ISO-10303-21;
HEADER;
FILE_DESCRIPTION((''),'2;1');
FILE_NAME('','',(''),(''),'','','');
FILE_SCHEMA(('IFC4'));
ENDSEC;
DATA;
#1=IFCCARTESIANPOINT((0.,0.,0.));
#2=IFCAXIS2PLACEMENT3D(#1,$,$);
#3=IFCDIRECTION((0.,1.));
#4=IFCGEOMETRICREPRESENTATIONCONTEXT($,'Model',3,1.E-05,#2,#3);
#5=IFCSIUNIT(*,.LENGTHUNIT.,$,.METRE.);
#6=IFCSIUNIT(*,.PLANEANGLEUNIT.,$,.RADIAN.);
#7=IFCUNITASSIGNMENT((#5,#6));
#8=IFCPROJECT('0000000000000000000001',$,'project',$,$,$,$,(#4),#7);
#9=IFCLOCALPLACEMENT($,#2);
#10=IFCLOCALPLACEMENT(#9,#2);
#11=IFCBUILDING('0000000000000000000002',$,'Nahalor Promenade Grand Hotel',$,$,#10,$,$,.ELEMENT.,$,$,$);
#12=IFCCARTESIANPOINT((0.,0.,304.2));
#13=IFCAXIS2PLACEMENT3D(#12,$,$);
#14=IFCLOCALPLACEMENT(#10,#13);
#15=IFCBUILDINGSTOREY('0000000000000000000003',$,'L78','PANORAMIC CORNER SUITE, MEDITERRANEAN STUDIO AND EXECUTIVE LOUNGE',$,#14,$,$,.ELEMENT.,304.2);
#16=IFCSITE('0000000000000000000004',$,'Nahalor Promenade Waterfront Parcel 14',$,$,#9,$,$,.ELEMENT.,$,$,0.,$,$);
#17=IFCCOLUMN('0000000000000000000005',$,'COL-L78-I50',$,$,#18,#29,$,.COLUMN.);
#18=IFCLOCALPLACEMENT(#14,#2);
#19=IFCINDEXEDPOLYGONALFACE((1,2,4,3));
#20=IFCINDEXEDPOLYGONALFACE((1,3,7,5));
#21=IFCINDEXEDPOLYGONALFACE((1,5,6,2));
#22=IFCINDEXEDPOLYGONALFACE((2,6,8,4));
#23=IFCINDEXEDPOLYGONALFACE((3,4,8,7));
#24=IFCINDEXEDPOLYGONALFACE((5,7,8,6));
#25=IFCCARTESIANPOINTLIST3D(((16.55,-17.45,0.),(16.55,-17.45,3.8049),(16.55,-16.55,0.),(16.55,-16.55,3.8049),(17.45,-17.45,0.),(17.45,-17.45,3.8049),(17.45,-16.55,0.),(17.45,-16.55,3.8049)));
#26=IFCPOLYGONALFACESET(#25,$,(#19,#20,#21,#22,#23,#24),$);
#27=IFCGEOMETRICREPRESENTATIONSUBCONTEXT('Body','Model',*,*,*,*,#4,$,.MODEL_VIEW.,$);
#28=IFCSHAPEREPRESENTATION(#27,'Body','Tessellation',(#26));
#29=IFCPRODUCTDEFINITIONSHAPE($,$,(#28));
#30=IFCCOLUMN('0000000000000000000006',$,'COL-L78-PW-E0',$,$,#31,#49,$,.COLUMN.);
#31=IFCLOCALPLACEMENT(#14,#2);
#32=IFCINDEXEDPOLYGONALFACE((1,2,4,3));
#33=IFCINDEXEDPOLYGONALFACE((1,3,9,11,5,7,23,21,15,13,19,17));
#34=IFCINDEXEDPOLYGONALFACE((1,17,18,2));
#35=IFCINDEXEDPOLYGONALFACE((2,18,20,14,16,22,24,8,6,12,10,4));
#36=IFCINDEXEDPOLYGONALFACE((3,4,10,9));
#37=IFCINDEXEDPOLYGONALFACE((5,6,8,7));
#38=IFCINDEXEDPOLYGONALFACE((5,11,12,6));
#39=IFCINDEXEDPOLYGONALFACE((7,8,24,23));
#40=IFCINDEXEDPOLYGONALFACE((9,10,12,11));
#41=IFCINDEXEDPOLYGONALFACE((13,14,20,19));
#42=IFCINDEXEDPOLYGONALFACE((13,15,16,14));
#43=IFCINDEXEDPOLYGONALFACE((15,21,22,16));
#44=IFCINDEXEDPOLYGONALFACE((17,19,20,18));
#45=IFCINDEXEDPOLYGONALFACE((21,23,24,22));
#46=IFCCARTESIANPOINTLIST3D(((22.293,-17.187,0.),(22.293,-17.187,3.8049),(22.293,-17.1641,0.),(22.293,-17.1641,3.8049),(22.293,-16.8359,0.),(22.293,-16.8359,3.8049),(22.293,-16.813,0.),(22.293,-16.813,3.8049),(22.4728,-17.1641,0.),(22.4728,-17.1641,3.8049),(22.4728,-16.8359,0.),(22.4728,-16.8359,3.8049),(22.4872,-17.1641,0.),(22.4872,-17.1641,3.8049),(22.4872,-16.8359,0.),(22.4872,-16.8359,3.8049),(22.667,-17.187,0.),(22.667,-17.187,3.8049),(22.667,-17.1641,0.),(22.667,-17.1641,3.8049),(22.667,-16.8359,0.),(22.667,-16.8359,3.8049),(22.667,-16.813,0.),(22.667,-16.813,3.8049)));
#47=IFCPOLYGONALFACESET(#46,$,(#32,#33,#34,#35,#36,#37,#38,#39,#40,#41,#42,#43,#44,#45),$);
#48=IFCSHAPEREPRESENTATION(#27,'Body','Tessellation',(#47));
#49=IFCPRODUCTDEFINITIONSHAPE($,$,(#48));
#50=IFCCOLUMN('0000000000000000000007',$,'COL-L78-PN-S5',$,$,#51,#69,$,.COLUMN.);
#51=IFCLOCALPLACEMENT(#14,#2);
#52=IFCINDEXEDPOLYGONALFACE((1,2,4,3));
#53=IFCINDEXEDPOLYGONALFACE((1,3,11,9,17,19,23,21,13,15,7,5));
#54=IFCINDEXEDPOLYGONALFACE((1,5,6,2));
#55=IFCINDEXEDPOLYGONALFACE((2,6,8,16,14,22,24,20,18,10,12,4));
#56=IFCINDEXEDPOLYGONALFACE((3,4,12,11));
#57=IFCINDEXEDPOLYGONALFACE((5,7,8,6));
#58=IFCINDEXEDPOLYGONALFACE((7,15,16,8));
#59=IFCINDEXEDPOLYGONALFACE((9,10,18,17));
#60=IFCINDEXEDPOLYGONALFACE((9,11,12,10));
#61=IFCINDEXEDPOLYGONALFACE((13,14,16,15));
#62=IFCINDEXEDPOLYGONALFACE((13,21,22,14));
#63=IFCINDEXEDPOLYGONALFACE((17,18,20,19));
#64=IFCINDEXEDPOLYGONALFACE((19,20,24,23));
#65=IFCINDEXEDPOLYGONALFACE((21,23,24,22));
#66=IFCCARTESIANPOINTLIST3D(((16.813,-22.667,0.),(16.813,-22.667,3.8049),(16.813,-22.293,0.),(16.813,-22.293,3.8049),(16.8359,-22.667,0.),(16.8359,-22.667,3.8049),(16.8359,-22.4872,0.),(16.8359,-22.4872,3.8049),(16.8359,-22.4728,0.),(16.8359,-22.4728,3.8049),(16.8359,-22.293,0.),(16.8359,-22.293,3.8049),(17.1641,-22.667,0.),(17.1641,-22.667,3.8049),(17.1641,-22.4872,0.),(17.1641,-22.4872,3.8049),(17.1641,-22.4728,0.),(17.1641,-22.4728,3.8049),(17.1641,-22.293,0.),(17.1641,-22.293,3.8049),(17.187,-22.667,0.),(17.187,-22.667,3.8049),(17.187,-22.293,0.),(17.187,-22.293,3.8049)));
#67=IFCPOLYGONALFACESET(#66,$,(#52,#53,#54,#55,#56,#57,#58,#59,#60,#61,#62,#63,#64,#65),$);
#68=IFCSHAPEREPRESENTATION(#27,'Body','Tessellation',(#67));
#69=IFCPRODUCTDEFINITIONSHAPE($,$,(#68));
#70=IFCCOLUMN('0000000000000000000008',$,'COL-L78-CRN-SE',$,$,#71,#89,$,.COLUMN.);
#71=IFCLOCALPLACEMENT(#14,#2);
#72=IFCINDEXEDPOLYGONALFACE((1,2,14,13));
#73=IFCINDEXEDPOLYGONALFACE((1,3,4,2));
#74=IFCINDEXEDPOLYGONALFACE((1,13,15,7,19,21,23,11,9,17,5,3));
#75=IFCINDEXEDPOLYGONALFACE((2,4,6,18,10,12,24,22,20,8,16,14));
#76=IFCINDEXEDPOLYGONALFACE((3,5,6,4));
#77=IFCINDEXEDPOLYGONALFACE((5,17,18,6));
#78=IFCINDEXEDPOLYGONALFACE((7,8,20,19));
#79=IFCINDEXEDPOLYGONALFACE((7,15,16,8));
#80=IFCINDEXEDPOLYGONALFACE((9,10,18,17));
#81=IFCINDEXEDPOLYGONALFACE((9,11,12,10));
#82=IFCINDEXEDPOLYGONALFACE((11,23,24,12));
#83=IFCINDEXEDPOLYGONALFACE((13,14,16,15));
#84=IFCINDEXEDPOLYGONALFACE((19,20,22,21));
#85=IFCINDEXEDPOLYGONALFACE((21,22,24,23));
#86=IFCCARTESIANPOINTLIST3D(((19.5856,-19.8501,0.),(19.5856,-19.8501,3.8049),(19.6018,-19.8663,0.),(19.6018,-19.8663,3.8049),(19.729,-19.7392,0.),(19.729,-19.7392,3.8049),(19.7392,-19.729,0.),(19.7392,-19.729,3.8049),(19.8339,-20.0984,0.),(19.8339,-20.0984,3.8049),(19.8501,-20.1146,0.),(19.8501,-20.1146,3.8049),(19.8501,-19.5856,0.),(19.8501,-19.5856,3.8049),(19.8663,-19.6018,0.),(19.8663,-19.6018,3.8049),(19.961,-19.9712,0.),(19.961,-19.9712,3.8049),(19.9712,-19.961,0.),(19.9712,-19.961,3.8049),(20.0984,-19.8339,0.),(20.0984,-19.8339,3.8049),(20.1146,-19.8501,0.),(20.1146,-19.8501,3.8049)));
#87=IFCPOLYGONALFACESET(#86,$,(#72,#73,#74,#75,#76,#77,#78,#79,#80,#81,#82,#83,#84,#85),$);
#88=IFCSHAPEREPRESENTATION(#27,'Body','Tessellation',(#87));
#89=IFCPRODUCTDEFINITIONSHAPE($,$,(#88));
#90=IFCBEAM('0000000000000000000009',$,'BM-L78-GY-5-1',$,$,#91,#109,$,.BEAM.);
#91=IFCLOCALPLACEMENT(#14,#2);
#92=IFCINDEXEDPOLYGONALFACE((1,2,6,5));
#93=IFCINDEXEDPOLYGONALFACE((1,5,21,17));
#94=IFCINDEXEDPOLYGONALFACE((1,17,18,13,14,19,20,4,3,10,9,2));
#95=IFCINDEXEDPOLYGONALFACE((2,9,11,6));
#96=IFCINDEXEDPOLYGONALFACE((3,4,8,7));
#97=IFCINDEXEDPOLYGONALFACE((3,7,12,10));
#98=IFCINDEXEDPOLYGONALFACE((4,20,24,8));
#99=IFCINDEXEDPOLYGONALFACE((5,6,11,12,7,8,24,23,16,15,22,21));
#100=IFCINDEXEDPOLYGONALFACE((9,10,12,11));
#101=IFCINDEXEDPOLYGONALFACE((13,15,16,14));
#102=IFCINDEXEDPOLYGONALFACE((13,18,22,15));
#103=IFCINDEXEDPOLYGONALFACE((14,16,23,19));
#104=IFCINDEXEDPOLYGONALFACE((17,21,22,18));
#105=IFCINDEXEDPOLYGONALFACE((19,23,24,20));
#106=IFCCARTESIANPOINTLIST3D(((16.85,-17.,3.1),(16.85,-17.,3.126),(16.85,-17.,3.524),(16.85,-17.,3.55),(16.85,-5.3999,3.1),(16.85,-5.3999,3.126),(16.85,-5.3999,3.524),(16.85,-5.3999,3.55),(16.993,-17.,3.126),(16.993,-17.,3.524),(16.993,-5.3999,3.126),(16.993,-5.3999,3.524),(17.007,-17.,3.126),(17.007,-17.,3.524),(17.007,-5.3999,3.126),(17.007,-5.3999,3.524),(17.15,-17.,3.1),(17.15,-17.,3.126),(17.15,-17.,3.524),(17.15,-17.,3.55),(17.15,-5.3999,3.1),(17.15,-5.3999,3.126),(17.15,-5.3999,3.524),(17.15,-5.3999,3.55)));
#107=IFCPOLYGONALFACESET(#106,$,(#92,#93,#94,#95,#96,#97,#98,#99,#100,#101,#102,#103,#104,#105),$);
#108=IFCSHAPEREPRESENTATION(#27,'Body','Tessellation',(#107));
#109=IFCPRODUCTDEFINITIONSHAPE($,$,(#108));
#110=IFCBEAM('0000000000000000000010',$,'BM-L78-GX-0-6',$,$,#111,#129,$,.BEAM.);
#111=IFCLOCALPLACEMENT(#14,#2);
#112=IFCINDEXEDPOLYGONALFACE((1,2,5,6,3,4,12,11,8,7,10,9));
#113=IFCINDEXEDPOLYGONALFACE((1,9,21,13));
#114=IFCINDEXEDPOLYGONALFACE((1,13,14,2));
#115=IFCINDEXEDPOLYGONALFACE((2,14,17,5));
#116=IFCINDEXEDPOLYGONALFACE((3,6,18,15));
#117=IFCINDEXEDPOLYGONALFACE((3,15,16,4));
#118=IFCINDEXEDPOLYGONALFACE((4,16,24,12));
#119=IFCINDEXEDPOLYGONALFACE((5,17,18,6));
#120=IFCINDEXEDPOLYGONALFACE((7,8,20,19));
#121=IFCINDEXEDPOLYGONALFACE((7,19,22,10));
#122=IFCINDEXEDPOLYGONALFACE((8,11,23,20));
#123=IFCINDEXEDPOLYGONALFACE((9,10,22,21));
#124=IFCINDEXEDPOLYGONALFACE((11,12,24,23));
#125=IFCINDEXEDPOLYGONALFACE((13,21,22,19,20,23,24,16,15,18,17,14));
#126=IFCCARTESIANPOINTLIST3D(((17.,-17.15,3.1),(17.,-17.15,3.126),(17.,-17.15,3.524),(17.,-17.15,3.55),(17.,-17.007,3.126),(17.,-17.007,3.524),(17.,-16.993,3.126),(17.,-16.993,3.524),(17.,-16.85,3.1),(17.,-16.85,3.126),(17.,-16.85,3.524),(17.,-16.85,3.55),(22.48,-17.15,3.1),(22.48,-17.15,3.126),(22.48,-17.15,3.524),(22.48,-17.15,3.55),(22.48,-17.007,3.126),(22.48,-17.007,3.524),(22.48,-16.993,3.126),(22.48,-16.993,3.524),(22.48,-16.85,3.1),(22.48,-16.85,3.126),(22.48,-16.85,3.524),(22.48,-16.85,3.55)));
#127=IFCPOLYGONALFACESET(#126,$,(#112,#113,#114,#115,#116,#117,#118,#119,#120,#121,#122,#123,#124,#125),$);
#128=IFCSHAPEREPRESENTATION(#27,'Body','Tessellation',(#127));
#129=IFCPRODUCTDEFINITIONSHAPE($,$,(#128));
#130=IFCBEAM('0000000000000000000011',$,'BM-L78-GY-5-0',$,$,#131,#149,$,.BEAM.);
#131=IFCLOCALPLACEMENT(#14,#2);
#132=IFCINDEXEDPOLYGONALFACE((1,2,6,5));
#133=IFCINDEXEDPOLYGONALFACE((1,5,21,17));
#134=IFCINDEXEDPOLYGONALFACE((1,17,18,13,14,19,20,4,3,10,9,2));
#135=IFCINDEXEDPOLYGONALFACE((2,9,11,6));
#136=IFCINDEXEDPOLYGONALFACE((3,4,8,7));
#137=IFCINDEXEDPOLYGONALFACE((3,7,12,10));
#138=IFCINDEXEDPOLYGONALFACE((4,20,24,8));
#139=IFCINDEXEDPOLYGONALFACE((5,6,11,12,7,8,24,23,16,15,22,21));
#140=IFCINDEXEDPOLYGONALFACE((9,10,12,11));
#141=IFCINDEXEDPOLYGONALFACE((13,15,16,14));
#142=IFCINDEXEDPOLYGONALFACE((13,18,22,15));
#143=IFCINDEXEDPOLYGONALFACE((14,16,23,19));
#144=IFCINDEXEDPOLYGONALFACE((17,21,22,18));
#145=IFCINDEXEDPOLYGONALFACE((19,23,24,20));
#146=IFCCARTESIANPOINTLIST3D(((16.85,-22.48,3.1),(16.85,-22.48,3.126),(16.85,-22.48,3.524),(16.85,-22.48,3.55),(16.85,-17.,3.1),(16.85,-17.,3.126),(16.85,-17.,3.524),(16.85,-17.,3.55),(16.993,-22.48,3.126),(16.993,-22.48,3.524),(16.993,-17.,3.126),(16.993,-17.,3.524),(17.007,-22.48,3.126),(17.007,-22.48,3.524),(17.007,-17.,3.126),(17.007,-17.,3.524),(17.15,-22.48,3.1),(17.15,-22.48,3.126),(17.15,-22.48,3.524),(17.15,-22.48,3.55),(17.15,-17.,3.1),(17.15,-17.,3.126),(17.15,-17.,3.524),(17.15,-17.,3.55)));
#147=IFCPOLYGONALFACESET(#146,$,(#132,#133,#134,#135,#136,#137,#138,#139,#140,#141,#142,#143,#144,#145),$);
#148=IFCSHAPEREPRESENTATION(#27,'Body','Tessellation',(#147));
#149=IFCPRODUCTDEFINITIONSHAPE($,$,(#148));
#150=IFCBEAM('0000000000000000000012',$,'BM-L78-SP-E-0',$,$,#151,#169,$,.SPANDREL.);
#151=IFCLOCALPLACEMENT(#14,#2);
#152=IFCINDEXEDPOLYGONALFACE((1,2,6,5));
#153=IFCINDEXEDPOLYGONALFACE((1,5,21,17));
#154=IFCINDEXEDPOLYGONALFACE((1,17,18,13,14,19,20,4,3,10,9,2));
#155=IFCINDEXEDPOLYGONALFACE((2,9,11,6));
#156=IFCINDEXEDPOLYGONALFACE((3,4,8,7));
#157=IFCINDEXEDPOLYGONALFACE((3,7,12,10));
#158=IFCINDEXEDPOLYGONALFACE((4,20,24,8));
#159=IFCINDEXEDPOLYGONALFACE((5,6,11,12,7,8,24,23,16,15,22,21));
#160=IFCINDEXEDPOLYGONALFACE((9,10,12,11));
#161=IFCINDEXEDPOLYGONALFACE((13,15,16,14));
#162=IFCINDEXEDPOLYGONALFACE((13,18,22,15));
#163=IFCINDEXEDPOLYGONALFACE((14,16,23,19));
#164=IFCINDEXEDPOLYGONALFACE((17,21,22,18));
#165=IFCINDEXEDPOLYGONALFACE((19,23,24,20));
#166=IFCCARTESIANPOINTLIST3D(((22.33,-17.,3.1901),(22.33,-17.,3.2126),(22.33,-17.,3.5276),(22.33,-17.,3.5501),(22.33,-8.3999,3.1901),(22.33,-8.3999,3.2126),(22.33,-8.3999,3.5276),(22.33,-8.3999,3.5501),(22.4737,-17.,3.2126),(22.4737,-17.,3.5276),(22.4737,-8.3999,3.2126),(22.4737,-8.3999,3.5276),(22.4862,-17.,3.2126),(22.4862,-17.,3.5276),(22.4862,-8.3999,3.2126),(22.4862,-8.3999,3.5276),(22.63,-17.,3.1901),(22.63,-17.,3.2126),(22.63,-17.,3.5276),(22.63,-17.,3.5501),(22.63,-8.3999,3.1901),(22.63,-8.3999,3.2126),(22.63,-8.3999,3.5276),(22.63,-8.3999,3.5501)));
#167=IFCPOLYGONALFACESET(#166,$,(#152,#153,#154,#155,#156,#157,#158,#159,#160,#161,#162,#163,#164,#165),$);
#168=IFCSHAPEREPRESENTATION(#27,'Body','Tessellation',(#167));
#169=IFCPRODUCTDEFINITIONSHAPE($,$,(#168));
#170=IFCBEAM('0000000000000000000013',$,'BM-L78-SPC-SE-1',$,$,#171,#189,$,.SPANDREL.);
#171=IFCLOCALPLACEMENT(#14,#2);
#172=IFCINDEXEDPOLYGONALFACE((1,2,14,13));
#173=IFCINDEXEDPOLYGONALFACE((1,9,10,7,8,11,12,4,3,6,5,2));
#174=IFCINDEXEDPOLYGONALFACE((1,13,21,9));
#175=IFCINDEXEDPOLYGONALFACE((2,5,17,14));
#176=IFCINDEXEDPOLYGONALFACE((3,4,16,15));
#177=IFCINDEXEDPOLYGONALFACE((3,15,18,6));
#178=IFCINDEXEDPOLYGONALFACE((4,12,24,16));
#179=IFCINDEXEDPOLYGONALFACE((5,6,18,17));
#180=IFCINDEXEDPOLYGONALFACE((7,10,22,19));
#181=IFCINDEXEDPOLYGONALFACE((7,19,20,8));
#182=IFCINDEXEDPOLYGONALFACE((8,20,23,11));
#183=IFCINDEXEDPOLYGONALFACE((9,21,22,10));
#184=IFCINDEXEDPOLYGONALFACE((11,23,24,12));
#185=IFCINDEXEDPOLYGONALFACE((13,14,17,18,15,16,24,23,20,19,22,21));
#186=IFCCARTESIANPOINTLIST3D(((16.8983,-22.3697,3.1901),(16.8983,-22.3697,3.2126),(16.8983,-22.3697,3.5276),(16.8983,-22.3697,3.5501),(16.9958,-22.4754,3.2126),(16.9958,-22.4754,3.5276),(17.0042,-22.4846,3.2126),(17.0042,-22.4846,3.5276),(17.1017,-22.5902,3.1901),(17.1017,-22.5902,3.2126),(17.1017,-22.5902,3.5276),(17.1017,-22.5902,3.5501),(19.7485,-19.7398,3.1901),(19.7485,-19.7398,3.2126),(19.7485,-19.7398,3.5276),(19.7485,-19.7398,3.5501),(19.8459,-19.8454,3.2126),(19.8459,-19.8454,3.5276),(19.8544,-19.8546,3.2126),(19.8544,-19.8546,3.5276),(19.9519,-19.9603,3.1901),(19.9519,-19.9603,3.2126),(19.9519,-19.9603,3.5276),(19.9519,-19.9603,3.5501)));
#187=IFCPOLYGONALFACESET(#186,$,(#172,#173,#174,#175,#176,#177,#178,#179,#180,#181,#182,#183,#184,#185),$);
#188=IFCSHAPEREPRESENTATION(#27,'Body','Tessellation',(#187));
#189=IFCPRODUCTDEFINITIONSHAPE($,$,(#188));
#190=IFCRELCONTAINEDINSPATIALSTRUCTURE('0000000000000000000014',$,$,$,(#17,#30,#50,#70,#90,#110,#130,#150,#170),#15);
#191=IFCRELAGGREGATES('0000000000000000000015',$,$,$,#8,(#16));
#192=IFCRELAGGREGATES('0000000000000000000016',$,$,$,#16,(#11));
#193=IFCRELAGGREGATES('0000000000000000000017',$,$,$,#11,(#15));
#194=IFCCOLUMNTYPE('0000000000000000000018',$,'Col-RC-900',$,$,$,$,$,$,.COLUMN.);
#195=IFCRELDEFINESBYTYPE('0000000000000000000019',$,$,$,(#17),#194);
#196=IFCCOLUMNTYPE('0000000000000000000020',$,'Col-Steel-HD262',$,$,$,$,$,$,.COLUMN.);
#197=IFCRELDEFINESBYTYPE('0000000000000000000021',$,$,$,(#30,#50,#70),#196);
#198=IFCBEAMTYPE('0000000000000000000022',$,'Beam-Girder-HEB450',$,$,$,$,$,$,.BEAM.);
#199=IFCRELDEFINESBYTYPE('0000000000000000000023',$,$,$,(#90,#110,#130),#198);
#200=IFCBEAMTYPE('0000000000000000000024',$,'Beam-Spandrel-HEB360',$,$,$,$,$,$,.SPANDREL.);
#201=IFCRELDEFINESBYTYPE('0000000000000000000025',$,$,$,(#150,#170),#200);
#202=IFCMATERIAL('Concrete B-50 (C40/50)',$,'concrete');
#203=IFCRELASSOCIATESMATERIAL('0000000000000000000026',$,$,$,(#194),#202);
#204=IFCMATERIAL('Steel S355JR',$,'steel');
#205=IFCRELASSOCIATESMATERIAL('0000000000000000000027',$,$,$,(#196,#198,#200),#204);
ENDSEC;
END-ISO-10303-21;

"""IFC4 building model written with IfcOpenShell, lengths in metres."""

from ifc_helpers import new_model, si_unit, direction, frame, origin, origin_2d, place, context, subcontext, project, spatial, rectangle, i_section, extrude, source, transform, mapped, material, material_profile, profile_set, type_object, element, save


model = new_model("IFC4")

# Units and contexts
model_context = context("Model", 3, precision=1e-05, world=origin(), true_north=direction((0.0, 1.0)))
body_context = subcontext(model_context, "Body", "Model", "MODEL_VIEW")
ifc_project = project(units=[si_unit("LENGTHUNIT", "METRE"), si_unit("PLANEANGLEUNIT", "RADIAN")], contexts=[model_context])

# Site, building, storey
site_placement = place(None, origin())
site = spatial("IfcSite", under=ifc_project, at=site_placement, Name="Nahalor Promenade Waterfront Parcel 14", CompositionType="ELEMENT", RefElevation=0.0)
building_placement = place(site_placement, origin())
building = spatial("IfcBuilding", under=site, at=building_placement, Name="Nahalor Promenade Grand Hotel", CompositionType="ELEMENT")
storey_placement = place(building_placement, frame((0.0, 0.0, 304.2)))
storey = spatial("IfcBuildingStorey", under=building, at=storey_placement, Name="L78", Description="PANORAMIC CORNER SUITE, MEDITERRANEAN STUDIO AND EXECUTIVE LOUNGE", CompositionType="ELEMENT", Elevation=304.2)

# Columns
ifc_material_1 = material(Name="Concrete B-50 (C40/50)", Category="concrete")
ifc_material_profile_1 = material_profile(ifc_material_1, rectangle(XDim=0.9, YDim=0.9, at=origin_2d()), Name="RC 900x900")
ifc_profile_set_1 = profile_set([ifc_material_profile_1], Name="Concrete B-50 (C40/50)")
column_type_1 = type_object("IfcColumnType", Name="Col-RC-900", PredefinedType="COLUMN", material=ifc_profile_set_1)
shared_shape_1 = source(origin(), body_context, "Body", "SweptSolid", [
    extrude(rectangle(XDim=0.9, YDim=0.9, at=origin_2d()), origin(), (0.0, 0.0, 1.0), 3.8049),
])
column_placement = place(storey_placement, frame((17.0, -17.0, 0.0), z_axis=(0.0, 0.0, 1.0), x_axis=(1.0, 0.0, 0.0)))
element("IfcColumn", 1, at=column_placement, inside=storey, type_object=column_type_1, Name="COL-L78-I50", PredefinedType="COLUMN", context=body_context, shape_type="MappedRepresentation", body=[
    mapped(shared_shape_1, transform((0.0, 0.0, 0.0), scale=1.0)),
])
ifc_material_2 = material(Name="Steel S355JR", Category="steel")
ifc_material_profile_2 = material_profile(ifc_material_2, i_section(OverallWidth=0.374, OverallDepth=0.374, WebThickness=0.0144, FlangeThickness=0.0229, at=origin_2d()), Name="HD 360x262")
ifc_profile_set_2 = profile_set([ifc_material_profile_2], Name="Steel S355JR")
column_type_2 = type_object("IfcColumnType", Name="Col-Steel-HD262", PredefinedType="COLUMN", material=ifc_profile_set_2)
shared_shape_2 = source(origin(), body_context, "Body", "SweptSolid", [
    extrude(i_section(OverallWidth=0.374, OverallDepth=0.374, WebThickness=0.0144, FlangeThickness=0.0229, at=origin_2d()), origin(), (0.0, 0.0, 1.0), 3.8049),
])
for number, where, z_axis, x_axis, name in (
    (2, (22.48, -17.0, 0.0), (0.0, 0.0, 1.0), (1.0, 0.0, 0.0), "COL-L78-PW-E0"),
    (3, (17.0, -22.48, 0.0), (0.0, 0.0, 1.0), (0.0, 1.0, 0.0), "COL-L78-PN-S5"),
    (4, (19.8501, -19.8501, 0.0), (0.0, 0.0, 1.0), (0.707107, 0.707107, 0.0), "COL-L78-CRN-SE"),
):
    element("IfcColumn", number, at=place(storey_placement, frame(where, z_axis=z_axis, x_axis=x_axis)), inside=storey, type_object=column_type_2, Name=name, PredefinedType="COLUMN", context=body_context, shape_type="MappedRepresentation", body=[
        mapped(shared_shape_2, transform((0.0, 0.0, 0.0), scale=1.0)),
    ])

# Beams
ifc_material_profile_3 = material_profile(ifc_material_2, i_section(OverallWidth=0.3, OverallDepth=0.45, WebThickness=0.014, FlangeThickness=0.026, at=origin_2d()), Name="HEB 450")
ifc_profile_set_3 = profile_set([ifc_material_profile_3], Name="Steel S355JR")
beam_type_1 = type_object("IfcBeamType", Name="Beam-Girder-HEB450", PredefinedType="BEAM", material=ifc_profile_set_3)
shared_shape_3 = source(origin(), body_context, "Body", "SweptSolid", [
    extrude(i_section(OverallWidth=0.3, OverallDepth=0.45, WebThickness=0.014, FlangeThickness=0.026, at=origin_2d()), origin(), (0.0, 0.0, 1.0), 11.6001),
])
beam_1_placement = place(storey_placement, frame((17.0, -17.0, 3.325), z_axis=(0.0, 1.0, 0.0), x_axis=(-1.0, 0.0, 0.0)))
element("IfcBeam", 5, at=beam_1_placement, inside=storey, type_object=beam_type_1, Name="BM-L78-GY-5-1", PredefinedType="BEAM", context=body_context, shape_type="MappedRepresentation", body=[
    mapped(shared_shape_3, transform((0.0, 0.0, 0.0), scale=1.0)),
])
shared_shape_4 = source(origin(), body_context, "Body", "SweptSolid", [
    extrude(i_section(OverallWidth=0.3, OverallDepth=0.45, WebThickness=0.014, FlangeThickness=0.026, at=origin_2d()), origin(), (0.0, 0.0, 1.0), 5.48),
])
for number, where, z_axis, x_axis, name in (
    (6, (17.0, -17.0, 3.325), (1.0, 0.0, 0.0), (0.0, 1.0, 0.0), "BM-L78-GX-0-6"),
    (7, (17.0, -22.48, 3.325), (0.0, 1.0, 0.0), (-1.0, 0.0, 0.0), "BM-L78-GY-5-0"),
):
    element("IfcBeam", number, at=place(storey_placement, frame(where, z_axis=z_axis, x_axis=x_axis)), inside=storey, type_object=beam_type_1, Name=name, PredefinedType="BEAM", context=body_context, shape_type="MappedRepresentation", body=[
        mapped(shared_shape_4, transform((0.0, 0.0, 0.0), scale=1.0)),
    ])
ifc_material_profile_4 = material_profile(ifc_material_2, i_section(OverallWidth=0.3, OverallDepth=0.36, WebThickness=0.0125, FlangeThickness=0.0225, at=origin_2d()), Name="HEB 360")
ifc_profile_set_4 = profile_set([ifc_material_profile_4], Name="Steel S355JR")
beam_type_2 = type_object("IfcBeamType", Name="Beam-Spandrel-HEB360", PredefinedType="SPANDREL", material=ifc_profile_set_4)
shared_shape_5 = source(origin(), body_context, "Body", "SweptSolid", [
    extrude(i_section(OverallWidth=0.3, OverallDepth=0.36, WebThickness=0.0125, FlangeThickness=0.0225, at=origin_2d()), origin(), (0.0, 0.0, 1.0), 8.6001),
])
beam_2_placement = place(storey_placement, frame((22.48, -17.0, 3.3701), z_axis=(0.0, 1.0, 0.0), x_axis=(-1.0, 0.0, 0.0)))
element("IfcBeam", 8, at=beam_2_placement, inside=storey, type_object=beam_type_2, Name="BM-L78-SP-E-0", PredefinedType="SPANDREL", context=body_context, shape_type="MappedRepresentation", body=[
    mapped(shared_shape_5, transform((0.0, 0.0, 0.0), scale=1.0)),
])
shared_shape_6 = source(origin(), body_context, "Body", "SweptSolid", [
    extrude(i_section(OverallWidth=0.3, OverallDepth=0.36, WebThickness=0.0125, FlangeThickness=0.0225, at=origin_2d()), origin(), (0.0, 0.0, 1.0), 3.8782),
])
for number, where, z_axis, x_axis, name in (
    (9, (17.0, -22.48, 3.3701), (0.734929, 0.678144, 0.0), (-0.678144, 0.734929, 0.0), "BM-L78-SPC-SE-1"),
):
    element("IfcBeam", number, at=place(storey_placement, frame(where, z_axis=z_axis, x_axis=x_axis)), inside=storey, type_object=beam_type_2, Name=name, PredefinedType="SPANDREL", context=body_context, shape_type="MappedRepresentation", body=[
        mapped(shared_shape_6, transform((0.0, 0.0, 0.0), scale=1.0)),
    ])

save(model, "model.ifc")
